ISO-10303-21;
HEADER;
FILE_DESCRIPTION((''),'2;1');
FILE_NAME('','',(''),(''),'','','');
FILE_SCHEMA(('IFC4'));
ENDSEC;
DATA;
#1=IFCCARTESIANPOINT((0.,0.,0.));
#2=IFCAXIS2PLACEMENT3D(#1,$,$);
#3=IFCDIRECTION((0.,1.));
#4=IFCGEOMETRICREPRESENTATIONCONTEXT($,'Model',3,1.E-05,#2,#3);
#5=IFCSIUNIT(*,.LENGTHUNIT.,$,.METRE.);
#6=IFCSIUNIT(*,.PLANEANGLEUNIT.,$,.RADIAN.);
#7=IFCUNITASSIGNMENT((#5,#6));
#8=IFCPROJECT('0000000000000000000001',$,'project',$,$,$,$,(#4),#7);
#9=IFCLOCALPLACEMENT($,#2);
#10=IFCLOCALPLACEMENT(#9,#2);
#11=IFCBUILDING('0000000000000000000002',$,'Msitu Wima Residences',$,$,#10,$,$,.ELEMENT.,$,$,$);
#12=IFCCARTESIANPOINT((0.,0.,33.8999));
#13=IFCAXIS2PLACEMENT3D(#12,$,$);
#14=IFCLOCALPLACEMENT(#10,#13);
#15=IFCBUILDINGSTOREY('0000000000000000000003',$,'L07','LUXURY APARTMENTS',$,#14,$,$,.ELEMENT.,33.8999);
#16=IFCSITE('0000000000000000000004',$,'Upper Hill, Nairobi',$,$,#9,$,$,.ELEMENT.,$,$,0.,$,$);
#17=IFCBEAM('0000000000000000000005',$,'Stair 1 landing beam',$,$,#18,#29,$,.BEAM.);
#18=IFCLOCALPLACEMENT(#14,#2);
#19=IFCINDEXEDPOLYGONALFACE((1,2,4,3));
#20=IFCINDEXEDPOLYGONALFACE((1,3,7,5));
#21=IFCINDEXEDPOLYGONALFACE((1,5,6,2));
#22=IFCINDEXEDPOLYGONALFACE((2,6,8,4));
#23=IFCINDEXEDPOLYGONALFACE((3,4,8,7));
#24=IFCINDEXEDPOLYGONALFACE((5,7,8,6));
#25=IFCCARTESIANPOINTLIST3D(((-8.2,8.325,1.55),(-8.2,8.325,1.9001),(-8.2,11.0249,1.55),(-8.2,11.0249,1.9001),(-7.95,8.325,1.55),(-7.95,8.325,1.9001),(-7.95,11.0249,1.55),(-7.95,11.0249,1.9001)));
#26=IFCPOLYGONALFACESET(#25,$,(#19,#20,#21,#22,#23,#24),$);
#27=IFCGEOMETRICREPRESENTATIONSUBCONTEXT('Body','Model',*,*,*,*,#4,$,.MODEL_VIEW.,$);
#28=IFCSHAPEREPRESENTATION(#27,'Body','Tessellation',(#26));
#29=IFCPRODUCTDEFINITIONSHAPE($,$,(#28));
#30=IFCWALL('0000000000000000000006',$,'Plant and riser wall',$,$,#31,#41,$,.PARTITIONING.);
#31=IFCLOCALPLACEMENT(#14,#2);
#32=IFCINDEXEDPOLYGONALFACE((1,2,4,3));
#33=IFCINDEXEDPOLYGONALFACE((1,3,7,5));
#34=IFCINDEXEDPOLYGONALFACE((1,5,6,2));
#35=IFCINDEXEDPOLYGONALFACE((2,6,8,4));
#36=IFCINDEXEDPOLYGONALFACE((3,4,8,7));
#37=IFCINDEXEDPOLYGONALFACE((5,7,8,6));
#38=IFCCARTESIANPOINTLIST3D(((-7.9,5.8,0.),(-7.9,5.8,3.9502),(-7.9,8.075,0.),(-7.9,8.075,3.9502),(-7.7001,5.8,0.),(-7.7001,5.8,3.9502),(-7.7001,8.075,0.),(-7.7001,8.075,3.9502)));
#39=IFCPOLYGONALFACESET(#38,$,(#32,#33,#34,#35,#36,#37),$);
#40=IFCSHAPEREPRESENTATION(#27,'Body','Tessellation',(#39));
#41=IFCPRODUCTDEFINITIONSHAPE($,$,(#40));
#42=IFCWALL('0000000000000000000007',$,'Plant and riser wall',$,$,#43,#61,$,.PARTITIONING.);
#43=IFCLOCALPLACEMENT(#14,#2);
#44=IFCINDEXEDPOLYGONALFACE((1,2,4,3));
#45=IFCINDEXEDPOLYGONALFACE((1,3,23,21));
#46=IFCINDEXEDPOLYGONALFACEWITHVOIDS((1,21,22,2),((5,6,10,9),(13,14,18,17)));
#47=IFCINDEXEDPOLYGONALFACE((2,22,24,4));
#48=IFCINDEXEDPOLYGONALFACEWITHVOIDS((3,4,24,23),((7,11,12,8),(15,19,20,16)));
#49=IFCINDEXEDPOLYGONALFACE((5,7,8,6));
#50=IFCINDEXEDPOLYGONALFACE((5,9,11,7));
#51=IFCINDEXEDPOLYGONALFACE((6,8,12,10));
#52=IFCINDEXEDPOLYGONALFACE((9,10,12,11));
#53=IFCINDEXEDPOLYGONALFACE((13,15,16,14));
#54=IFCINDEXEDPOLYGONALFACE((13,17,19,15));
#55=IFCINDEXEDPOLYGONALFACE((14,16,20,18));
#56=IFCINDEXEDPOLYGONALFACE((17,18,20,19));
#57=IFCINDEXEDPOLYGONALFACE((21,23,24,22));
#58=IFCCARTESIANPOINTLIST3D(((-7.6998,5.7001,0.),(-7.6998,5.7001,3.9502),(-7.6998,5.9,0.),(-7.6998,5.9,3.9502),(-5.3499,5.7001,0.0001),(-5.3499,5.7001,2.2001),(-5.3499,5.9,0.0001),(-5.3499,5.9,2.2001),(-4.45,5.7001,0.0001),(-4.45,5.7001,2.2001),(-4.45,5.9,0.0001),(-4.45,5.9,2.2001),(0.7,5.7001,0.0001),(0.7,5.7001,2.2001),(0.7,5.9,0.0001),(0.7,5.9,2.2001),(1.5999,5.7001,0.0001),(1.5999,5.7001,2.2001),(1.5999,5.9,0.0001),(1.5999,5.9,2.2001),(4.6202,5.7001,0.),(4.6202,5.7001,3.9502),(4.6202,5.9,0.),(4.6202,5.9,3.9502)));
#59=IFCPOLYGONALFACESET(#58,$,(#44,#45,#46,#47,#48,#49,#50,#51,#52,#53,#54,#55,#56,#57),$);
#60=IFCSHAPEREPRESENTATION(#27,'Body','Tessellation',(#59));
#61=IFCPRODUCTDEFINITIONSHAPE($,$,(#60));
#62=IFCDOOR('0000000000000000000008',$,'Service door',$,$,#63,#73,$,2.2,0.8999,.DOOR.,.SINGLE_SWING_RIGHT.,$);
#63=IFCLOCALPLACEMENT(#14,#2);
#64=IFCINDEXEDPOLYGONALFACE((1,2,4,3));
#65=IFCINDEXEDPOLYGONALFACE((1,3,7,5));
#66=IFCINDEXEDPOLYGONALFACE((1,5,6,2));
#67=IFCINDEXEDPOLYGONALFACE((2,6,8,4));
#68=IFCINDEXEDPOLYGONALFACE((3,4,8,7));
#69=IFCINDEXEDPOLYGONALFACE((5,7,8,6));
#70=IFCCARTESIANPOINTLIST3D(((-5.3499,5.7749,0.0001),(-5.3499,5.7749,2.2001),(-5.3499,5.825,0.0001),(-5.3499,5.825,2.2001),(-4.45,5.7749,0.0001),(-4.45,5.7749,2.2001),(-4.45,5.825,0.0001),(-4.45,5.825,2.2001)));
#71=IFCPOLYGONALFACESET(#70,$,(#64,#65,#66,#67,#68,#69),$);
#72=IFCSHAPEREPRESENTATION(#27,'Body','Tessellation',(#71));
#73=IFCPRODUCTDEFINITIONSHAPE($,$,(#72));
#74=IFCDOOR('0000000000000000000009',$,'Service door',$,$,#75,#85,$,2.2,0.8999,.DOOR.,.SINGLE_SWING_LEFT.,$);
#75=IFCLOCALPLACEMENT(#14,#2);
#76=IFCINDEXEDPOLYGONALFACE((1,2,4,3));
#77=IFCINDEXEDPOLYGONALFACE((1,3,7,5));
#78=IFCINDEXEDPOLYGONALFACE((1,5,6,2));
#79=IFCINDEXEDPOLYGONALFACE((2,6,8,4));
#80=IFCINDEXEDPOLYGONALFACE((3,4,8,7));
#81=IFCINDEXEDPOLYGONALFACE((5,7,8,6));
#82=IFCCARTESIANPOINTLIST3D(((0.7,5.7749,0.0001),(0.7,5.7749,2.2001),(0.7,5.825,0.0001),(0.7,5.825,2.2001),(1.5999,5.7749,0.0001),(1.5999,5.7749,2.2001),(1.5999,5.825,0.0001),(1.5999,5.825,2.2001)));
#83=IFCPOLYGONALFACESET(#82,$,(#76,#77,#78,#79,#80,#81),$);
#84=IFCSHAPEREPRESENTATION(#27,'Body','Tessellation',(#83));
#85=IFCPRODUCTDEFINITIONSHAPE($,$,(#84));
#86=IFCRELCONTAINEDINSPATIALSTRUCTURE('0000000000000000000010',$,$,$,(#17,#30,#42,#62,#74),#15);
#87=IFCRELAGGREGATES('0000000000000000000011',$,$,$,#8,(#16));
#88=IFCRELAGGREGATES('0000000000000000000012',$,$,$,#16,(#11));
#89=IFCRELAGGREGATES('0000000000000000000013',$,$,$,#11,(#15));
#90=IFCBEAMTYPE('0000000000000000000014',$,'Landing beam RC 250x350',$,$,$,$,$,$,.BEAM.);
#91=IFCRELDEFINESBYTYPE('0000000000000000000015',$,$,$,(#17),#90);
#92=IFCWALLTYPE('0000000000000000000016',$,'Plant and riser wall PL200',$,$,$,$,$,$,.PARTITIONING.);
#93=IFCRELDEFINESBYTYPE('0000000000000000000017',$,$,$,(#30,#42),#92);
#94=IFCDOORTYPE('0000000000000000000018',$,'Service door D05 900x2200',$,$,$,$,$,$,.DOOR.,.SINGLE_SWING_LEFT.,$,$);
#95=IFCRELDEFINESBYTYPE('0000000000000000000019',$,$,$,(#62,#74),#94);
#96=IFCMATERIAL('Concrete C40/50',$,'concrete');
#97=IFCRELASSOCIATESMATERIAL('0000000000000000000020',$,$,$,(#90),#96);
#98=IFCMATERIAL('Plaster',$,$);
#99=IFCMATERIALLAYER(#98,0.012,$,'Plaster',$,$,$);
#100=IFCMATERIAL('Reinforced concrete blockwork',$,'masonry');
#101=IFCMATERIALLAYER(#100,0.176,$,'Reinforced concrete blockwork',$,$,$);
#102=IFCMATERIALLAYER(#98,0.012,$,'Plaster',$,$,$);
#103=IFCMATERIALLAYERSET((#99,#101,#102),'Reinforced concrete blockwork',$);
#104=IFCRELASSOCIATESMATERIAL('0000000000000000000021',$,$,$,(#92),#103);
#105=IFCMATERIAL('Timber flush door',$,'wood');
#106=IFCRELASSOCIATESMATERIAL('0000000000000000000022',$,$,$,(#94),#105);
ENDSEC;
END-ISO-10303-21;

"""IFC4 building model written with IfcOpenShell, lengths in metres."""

from ifc_helpers import new_model, si_unit, direction, frame, frame_2d, origin, origin_2d, place, context, subcontext, project, spatial, rectangle, extrude, material, layer, layer_set, material_profile, profile_set, type_object, element, fill, save


model = new_model("IFC4")

# Units and contexts
model_context = context("Model", 3, precision=1e-05, world=origin(), true_north=direction((0.0, 1.0)))
body_context = subcontext(model_context, "Body", "Model", "MODEL_VIEW")
ifc_project = project(units=[si_unit("LENGTHUNIT", "METRE"), si_unit("PLANEANGLEUNIT", "RADIAN")], contexts=[model_context])

# Site, building, storey
site_placement = place(None, origin())
site = spatial("IfcSite", under=ifc_project, at=site_placement, Name="Upper Hill, Nairobi", CompositionType="ELEMENT", RefElevation=0.0)
building_placement = place(site_placement, origin())
building = spatial("IfcBuilding", under=site, at=building_placement, Name="Msitu Wima Residences", CompositionType="ELEMENT")
storey_placement = place(building_placement, frame((0.0, 0.0, 33.8999)))
storey = spatial("IfcBuildingStorey", under=building, at=storey_placement, Name="L07", Description="LUXURY APARTMENTS", CompositionType="ELEMENT", Elevation=33.8999)

# Beam
ifc_material_1 = material(Name="Concrete C40/50", Category="concrete")
ifc_material_profile = material_profile(ifc_material_1, rectangle(XDim=0.25, YDim=0.3501, at=origin_2d()), Name="RC 250x350")
ifc_profile_set = profile_set([ifc_material_profile], Name="Concrete C40/50")
beam_type = type_object("IfcBeamType", Name="Landing beam RC 250x350", PredefinedType="BEAM", material=ifc_profile_set)
beam_placement = place(storey_placement, frame((-8.075, 8.325, 1.7251), z_axis=(0.0, 1.0, 0.0), x_axis=(-1.0, 0.0, 0.0)))
element("IfcBeam", 1, at=beam_placement, inside=storey, type_object=beam_type, Name="Stair 1 landing beam", PredefinedType="BEAM", context=body_context, shape_type="SweptSolid", body=[
    extrude(rectangle(XDim=0.25, YDim=0.3501, at=origin_2d()), origin(), (0.0, 0.0, 1.0), 2.7),
])

# Shared definitions
ifc_material_2 = material(Name="Plaster")

# Wall
ifc_layer_1 = layer(ifc_material_2, 0.012, Name="Plaster")
ifc_material_3 = material(Name="Reinforced concrete blockwork", Category="masonry")
ifc_layer_2 = layer(ifc_material_3, 0.176, Name="Reinforced concrete blockwork")
ifc_layer_3 = layer(ifc_material_2, 0.012, Name="Plaster")
ifc_layer_set_1 = layer_set([ifc_layer_1, ifc_layer_2, ifc_layer_3], Name="Reinforced concrete blockwork")
wall_type_1 = type_object("IfcWallType", Name="Plant and riser wall PL200", PredefinedType="PARTITIONING", material=ifc_layer_set_1)
wall_1_placement = place(storey_placement, frame((-7.8, 5.8, 0.0), z_axis=(0.0, 0.0, 1.0), x_axis=(0.0, 1.0, 0.0)))
element("IfcWall", 2, at=wall_1_placement, inside=storey, type_object=wall_type_1, Name="Plant and riser wall", PredefinedType="PARTITIONING", context=body_context, shape_type="SweptSolid", body=[
    extrude(rectangle(XDim=2.2749, YDim=0.2, at=frame_2d((1.1375, 0.0))), origin(), (0.0, 0.0, 1.0), 3.9502),
])

# Wall, openings, doors
wall_2_placement = place(storey_placement, frame((-7.7, 5.8, 0.0), z_axis=(0.0, 0.0, 1.0), x_axis=(1.0, 0.0, 0.0)))
wall_2 = element("IfcWall", 3, at=wall_2_placement, inside=storey, type_object=wall_type_1, Name="Plant and riser wall", PredefinedType="PARTITIONING", context=body_context, shape_type="SweptSolid", body=[
    extrude(rectangle(XDim=12.3201, YDim=0.2, at=frame_2d((6.1602, 0.0))), origin(), (0.0, 0.0, 1.0), 3.9502),
])
opening_1_placement = place(wall_2_placement, frame((2.3501, 0.0, 0.0)))
opening_1 = element("IfcOpeningElement", 4, at=opening_1_placement, cuts=wall_2, PredefinedType="OPENING", context=body_context, shape_type="SweptSolid", body=[
    extrude(rectangle(XDim=0.8999, YDim=2.2, at=frame_2d((0.45, 1.1001))), frame((0.0, 0.1099, 0.0), z_axis=(0.0, -1.0, 0.0), x_axis=(1.0, 0.0, 0.0)), (0.0, 0.0, 1.0), 0.22),
])
opening_2_placement = place(wall_2_placement, frame((8.3999, 0.0, 0.0)))
opening_2 = element("IfcOpeningElement", 5, at=opening_2_placement, cuts=wall_2, PredefinedType="OPENING", context=body_context, shape_type="SweptSolid", body=[
    extrude(rectangle(XDim=0.8999, YDim=2.2, at=frame_2d((0.45, 1.1001))), frame((0.0, 0.1099, 0.0), z_axis=(0.0, -1.0, 0.0), x_axis=(1.0, 0.0, 0.0)), (0.0, 0.0, 1.0), 0.22),
])
ifc_material_4 = material(Name="Timber flush door", Category="wood")
door_type_1 = type_object("IfcDoorType", Name="Service door D05 900x2200", OperationType="SINGLE_SWING_LEFT", PredefinedType="DOOR", material=ifc_material_4)
door_1_placement = place(opening_1_placement, origin())
door_1 = element("IfcDoor", 6, at=door_1_placement, inside=storey, type_object=door_type_1, Name="Service door", OperationType="SINGLE_SWING_RIGHT", OverallHeight=2.2, OverallWidth=0.8999, PredefinedType="DOOR", context=body_context, shape_type="SweptSolid", body=[
    extrude(rectangle(XDim=0.8999, YDim=2.2, at=frame_2d((0.45, 1.1001))), frame((0.0, 0.0249, 0.0), z_axis=(0.0, -1.0, 0.0), x_axis=(1.0, 0.0, 0.0)), (0.0, 0.0, 1.0), 0.05),
])
fill(opening_1, door_1)
door_2_placement = place(opening_2_placement, origin())
door_2 = element("IfcDoor", 7, at=door_2_placement, inside=storey, type_object=door_type_1, Name="Service door", OperationType="SINGLE_SWING_LEFT", OverallHeight=2.2, OverallWidth=0.8999, PredefinedType="DOOR", context=body_context, shape_type="SweptSolid", body=[
    extrude(rectangle(XDim=0.8999, YDim=2.2, at=frame_2d((0.45, 1.1001))), frame((0.0, 0.0249, 0.0), z_axis=(0.0, -1.0, 0.0), x_axis=(1.0, 0.0, 0.0)), (0.0, 0.0, 1.0), 0.05),
])
fill(opening_2, door_2)

save(model, "model.ifc")
